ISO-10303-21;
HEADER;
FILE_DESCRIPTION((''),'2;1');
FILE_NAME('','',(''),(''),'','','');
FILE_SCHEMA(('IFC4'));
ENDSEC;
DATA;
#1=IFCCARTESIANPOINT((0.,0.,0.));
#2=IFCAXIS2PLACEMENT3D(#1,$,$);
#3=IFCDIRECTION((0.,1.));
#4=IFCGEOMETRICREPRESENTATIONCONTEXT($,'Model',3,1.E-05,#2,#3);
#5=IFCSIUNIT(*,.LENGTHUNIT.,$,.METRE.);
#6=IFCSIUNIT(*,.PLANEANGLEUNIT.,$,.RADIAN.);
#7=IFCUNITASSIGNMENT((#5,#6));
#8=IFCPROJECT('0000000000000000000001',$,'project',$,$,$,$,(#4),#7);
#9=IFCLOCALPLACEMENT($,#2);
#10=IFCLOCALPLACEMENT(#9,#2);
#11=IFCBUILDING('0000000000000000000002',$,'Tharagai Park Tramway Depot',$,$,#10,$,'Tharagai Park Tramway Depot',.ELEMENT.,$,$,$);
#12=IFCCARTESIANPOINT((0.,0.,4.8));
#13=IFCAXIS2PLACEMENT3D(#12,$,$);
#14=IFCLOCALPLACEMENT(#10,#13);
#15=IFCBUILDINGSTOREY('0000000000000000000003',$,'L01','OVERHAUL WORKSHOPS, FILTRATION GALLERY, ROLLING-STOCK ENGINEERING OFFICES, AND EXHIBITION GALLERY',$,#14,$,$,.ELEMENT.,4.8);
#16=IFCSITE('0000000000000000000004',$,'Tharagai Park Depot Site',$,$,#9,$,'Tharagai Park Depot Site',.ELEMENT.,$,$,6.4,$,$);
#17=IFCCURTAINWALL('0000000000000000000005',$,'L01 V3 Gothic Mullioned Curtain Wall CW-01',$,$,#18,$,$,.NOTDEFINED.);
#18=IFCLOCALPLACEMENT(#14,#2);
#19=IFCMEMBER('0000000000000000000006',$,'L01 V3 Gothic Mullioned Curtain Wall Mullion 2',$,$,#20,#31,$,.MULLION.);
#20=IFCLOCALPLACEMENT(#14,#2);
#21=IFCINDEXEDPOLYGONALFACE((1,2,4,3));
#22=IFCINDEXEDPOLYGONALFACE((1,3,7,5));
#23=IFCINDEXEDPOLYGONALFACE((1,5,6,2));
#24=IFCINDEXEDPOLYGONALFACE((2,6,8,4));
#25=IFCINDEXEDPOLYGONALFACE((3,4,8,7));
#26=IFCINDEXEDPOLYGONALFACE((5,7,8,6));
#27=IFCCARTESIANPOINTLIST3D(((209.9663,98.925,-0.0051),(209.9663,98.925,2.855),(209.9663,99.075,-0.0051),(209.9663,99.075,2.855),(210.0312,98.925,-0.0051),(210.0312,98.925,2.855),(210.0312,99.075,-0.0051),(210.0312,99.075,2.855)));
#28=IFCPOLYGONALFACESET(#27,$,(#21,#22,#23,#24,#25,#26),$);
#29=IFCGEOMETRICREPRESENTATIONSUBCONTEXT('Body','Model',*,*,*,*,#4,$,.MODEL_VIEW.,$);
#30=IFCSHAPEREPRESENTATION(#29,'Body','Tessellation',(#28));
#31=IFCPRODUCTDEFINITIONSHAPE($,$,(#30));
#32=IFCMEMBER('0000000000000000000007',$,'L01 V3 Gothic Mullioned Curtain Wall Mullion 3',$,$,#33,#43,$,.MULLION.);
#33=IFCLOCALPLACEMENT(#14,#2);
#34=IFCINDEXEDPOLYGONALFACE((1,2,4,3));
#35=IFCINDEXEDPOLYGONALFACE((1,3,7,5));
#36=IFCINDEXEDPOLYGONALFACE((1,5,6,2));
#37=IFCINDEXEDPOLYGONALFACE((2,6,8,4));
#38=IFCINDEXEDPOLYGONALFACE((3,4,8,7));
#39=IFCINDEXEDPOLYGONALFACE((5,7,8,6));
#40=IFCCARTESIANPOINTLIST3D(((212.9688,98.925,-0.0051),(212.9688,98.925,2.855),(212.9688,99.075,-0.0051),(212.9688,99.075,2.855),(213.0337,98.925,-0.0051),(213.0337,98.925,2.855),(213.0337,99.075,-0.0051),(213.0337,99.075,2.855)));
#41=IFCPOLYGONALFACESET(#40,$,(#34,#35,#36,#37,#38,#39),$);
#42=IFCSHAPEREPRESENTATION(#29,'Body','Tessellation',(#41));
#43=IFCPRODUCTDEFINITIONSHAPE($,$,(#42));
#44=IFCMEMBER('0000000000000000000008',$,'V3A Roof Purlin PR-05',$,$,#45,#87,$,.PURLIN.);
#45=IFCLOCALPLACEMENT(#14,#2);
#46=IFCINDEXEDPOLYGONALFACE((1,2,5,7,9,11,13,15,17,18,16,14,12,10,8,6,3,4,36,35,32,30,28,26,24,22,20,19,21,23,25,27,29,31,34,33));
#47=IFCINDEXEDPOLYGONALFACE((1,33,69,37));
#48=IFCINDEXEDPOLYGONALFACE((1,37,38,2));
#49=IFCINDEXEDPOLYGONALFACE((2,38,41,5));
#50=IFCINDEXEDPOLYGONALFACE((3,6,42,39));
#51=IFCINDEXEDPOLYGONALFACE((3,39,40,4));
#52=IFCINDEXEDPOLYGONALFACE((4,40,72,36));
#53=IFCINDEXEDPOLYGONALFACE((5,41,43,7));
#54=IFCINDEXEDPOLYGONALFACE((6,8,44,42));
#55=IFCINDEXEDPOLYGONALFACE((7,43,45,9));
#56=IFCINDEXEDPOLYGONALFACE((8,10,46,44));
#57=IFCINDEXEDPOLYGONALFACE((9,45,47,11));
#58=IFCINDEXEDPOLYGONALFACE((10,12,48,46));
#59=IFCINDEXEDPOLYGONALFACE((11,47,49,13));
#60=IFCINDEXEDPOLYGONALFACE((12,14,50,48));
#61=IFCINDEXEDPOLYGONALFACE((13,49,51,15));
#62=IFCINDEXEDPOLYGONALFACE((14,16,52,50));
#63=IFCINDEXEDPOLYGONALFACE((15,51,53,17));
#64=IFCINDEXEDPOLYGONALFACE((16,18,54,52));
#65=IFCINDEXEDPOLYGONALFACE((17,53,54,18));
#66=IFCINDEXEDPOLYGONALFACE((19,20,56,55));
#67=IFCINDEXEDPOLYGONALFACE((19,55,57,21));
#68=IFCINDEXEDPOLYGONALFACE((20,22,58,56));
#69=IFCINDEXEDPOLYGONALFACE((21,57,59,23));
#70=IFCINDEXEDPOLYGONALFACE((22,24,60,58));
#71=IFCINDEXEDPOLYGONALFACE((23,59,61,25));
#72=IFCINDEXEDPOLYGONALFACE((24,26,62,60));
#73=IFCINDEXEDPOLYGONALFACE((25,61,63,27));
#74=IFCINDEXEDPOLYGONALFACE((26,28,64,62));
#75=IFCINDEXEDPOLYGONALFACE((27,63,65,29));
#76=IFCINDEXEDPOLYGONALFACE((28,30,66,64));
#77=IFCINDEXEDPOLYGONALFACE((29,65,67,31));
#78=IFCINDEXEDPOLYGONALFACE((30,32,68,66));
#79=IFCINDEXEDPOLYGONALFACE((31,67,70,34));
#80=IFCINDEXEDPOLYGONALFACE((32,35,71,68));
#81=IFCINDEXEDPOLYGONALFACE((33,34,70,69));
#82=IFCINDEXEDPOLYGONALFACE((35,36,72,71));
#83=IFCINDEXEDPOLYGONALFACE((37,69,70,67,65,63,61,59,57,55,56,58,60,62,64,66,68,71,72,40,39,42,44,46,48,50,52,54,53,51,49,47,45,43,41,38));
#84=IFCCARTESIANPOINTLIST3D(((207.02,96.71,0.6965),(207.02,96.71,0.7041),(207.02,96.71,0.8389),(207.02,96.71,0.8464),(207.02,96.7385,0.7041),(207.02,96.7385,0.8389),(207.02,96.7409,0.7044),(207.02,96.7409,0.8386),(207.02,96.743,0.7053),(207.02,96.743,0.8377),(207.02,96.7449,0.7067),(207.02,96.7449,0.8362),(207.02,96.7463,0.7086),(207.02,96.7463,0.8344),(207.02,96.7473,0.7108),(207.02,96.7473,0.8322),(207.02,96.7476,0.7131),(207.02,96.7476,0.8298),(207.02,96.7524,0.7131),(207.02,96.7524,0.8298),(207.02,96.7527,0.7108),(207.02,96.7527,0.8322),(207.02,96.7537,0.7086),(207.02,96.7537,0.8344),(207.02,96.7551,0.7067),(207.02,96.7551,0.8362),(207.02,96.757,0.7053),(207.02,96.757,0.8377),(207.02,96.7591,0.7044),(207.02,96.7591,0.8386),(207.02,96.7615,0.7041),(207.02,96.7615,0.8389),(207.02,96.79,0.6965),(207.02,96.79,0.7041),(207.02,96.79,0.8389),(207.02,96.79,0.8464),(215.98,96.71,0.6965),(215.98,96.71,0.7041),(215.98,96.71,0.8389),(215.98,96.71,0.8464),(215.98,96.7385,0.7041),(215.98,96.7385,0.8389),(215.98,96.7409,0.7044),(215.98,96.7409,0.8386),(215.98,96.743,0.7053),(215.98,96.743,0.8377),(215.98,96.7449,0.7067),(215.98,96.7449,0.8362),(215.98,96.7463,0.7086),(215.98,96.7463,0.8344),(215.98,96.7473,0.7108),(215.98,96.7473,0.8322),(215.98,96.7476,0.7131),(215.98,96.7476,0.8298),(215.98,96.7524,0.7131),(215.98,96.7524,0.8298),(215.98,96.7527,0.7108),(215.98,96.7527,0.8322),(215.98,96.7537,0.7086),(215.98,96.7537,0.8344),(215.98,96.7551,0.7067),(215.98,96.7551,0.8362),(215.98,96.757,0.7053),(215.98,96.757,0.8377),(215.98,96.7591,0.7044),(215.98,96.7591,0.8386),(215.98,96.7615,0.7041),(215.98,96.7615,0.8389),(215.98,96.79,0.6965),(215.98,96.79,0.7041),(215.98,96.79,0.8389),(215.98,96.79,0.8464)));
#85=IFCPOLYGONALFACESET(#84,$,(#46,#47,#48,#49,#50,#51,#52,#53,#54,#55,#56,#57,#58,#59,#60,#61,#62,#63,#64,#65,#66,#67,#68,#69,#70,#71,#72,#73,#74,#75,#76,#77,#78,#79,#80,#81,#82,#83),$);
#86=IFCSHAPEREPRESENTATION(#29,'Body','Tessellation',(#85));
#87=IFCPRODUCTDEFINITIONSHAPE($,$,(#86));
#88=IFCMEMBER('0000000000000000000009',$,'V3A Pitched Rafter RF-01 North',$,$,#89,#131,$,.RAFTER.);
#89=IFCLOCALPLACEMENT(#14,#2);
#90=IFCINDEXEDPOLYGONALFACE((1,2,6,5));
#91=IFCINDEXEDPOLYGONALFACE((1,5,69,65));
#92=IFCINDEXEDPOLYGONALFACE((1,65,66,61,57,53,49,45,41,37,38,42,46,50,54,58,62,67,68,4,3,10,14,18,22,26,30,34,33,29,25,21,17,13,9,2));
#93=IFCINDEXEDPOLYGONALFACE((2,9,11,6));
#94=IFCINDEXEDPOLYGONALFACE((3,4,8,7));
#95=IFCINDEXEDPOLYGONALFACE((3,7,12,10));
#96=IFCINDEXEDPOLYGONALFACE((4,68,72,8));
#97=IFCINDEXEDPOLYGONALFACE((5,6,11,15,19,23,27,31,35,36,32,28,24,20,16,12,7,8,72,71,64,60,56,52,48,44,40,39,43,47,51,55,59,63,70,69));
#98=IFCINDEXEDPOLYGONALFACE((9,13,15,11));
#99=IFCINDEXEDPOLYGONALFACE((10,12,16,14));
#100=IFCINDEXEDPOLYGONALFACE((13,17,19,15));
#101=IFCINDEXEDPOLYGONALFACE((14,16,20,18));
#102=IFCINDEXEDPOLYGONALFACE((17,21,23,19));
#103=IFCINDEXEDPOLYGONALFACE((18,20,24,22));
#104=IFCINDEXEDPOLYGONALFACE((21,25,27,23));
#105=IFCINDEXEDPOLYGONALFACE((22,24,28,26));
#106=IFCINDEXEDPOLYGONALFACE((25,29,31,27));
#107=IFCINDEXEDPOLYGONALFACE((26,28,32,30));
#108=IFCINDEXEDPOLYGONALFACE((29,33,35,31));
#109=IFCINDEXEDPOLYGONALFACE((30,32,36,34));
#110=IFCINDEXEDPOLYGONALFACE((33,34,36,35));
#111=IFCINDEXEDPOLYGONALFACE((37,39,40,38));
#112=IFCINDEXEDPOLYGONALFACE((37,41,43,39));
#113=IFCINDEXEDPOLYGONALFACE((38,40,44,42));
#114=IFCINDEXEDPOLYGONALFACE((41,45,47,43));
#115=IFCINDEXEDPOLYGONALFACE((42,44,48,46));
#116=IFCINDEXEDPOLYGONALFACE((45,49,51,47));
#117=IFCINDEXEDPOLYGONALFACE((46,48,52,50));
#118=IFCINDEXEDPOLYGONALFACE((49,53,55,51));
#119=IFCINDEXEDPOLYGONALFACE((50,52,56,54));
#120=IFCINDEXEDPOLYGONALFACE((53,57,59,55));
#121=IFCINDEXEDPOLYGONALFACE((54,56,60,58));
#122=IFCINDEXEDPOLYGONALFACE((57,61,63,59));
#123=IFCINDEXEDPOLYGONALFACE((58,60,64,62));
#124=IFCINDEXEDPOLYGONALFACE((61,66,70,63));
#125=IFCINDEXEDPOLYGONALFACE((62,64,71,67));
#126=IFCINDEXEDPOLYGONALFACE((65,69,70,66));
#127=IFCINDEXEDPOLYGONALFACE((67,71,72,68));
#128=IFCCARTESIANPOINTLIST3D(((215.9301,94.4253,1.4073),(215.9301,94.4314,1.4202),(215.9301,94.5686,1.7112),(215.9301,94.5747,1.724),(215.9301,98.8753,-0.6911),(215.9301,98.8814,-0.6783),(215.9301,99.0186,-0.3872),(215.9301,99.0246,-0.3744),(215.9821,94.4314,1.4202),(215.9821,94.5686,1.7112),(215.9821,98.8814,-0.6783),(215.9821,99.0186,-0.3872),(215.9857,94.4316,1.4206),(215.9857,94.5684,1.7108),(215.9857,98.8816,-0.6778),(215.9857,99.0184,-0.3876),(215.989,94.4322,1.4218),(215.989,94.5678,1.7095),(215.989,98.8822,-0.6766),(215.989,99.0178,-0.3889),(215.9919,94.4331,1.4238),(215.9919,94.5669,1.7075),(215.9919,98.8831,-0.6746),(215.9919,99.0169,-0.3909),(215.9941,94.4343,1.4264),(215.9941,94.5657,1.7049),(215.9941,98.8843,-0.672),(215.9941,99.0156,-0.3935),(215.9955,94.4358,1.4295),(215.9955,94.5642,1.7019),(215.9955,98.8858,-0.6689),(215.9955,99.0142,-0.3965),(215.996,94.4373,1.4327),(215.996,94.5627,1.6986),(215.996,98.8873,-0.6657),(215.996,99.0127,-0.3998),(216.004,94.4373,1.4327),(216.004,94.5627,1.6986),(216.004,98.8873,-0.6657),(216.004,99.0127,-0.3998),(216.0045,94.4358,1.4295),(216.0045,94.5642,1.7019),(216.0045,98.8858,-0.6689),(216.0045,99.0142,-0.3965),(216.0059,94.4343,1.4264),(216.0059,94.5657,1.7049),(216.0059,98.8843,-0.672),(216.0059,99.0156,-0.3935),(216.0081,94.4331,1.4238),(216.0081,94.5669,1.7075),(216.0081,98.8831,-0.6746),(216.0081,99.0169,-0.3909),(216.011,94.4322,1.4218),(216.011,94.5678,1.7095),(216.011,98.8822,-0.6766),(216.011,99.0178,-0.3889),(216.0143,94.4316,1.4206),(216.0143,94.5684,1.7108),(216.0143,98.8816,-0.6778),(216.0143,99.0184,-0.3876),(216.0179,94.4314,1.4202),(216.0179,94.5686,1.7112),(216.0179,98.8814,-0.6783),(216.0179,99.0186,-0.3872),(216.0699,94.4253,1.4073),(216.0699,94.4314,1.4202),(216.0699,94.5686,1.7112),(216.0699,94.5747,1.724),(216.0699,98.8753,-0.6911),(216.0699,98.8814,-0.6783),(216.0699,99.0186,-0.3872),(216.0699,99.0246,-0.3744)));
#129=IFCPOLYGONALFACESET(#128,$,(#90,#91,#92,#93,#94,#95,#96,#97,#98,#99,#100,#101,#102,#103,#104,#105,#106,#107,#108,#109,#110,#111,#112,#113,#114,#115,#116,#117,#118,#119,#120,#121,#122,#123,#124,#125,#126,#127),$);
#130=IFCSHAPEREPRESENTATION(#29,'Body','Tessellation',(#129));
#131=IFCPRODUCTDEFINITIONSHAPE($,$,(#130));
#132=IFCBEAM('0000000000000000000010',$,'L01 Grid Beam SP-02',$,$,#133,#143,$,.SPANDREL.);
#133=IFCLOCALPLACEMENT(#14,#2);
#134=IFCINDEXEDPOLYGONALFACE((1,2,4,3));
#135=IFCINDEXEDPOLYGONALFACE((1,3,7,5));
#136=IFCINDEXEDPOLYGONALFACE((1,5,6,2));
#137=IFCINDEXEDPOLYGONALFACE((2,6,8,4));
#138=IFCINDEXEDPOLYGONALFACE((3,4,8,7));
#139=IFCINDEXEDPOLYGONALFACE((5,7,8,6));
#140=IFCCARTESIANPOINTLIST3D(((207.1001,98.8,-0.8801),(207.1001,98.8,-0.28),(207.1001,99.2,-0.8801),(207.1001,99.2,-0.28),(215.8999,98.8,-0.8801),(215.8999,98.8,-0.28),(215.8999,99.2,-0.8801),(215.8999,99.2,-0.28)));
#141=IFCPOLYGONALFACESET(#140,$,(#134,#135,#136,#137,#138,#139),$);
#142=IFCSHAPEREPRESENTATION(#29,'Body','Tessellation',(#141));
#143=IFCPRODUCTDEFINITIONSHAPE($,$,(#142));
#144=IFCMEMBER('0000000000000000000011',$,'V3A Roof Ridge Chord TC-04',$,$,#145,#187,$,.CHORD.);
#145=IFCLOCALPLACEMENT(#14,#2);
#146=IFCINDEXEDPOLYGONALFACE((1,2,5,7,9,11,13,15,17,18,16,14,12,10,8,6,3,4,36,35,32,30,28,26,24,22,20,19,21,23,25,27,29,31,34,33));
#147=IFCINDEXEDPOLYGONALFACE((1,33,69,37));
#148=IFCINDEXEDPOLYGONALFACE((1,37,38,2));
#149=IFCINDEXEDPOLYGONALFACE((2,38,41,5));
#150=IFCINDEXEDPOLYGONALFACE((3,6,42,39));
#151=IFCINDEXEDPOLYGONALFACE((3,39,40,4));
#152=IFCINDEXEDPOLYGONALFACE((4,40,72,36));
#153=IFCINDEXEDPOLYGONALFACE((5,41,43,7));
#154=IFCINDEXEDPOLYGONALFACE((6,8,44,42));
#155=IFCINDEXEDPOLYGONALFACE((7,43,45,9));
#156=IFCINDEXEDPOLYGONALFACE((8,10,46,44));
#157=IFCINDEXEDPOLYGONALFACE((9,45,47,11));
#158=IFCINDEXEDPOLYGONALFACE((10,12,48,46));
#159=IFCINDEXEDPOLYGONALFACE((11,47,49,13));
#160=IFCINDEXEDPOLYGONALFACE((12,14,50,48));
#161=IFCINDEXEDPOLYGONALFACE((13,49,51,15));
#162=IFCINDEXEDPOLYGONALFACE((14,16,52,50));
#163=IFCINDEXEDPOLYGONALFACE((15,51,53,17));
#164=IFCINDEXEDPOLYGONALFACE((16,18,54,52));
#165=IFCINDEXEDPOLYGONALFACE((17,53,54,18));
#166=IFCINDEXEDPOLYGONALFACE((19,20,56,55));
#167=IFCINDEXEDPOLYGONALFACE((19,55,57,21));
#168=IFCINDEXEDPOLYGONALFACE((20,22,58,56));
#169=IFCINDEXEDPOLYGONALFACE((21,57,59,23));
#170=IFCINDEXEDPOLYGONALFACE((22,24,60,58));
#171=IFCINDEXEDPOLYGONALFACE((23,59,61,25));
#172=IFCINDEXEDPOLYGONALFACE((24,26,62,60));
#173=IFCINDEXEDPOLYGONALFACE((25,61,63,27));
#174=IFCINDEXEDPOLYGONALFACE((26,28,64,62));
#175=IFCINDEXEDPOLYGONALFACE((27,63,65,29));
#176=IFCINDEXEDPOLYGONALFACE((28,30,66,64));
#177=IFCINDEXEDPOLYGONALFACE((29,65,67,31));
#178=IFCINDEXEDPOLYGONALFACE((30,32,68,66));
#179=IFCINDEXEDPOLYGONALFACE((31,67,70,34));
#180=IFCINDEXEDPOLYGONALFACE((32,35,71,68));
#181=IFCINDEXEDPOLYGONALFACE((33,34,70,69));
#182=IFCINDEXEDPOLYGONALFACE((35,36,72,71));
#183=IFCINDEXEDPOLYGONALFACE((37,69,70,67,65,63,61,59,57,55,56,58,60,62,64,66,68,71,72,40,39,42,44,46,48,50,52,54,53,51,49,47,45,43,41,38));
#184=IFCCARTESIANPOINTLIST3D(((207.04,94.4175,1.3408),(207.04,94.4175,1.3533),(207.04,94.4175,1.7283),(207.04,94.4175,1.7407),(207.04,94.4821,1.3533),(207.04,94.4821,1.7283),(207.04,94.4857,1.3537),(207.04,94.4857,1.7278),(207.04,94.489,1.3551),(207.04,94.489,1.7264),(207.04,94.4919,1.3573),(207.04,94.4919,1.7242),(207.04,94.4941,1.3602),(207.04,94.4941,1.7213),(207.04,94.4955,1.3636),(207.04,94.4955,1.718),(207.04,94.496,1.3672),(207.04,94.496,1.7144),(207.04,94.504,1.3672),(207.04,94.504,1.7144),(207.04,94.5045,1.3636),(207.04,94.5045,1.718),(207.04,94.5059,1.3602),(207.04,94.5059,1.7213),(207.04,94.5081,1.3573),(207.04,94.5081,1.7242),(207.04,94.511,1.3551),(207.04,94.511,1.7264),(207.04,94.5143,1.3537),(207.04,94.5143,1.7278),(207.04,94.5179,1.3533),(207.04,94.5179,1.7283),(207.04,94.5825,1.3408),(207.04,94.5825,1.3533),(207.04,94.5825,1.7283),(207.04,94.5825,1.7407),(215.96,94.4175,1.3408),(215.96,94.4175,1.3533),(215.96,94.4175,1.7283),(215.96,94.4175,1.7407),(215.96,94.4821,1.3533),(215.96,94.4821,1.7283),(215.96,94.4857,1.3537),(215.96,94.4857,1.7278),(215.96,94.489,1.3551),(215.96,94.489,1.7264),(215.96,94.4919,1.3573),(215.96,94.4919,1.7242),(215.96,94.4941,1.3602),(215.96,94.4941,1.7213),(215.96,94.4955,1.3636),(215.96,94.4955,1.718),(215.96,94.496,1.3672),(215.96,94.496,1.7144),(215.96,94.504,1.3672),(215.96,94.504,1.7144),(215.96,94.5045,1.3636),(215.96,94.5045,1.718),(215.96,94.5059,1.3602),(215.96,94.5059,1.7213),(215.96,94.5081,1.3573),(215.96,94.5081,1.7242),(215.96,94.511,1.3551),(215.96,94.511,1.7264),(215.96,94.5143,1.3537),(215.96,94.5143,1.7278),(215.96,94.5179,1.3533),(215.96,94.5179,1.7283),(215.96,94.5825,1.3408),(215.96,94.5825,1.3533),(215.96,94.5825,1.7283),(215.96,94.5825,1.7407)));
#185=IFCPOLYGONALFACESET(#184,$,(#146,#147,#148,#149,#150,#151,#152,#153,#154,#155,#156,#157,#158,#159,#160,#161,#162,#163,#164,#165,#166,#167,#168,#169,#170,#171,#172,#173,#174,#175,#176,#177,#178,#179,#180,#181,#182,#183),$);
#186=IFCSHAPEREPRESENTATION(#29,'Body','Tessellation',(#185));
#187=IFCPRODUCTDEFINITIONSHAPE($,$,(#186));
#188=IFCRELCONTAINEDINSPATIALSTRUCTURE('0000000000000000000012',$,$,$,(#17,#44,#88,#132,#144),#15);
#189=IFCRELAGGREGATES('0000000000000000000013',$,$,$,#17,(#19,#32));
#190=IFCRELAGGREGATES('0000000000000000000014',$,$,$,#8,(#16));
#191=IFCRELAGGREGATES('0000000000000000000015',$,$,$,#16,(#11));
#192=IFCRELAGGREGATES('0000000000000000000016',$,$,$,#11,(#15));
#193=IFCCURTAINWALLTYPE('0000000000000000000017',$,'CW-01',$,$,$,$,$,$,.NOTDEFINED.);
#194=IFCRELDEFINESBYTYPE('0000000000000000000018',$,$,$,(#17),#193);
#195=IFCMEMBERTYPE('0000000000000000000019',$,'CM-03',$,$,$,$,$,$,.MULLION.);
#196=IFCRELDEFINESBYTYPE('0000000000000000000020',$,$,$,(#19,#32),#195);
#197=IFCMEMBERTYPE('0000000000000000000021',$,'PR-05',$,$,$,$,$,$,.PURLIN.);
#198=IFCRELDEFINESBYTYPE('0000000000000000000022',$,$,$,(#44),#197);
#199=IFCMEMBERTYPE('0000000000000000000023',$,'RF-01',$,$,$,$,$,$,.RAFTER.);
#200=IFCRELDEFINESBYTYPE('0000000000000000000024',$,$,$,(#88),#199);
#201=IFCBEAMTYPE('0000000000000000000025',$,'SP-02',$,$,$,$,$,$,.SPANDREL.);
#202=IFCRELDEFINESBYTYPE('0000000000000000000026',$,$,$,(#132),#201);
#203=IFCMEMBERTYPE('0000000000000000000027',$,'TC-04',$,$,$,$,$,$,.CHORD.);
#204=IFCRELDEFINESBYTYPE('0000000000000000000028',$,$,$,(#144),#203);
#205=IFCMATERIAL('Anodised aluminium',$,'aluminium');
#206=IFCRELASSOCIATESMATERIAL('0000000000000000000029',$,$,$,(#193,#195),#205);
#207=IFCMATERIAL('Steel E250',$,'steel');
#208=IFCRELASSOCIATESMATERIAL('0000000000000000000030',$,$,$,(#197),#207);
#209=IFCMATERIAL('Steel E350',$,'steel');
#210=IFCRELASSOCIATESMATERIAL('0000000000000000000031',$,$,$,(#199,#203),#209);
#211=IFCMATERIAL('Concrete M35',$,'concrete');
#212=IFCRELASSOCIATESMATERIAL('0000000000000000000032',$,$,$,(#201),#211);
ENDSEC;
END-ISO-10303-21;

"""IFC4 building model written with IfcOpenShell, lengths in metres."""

from ifc_helpers import new_model, si_unit, direction, frame, origin, origin_2d, place, context, subcontext, project, spatial, rectangle, i_section, extrude, material, material_profile, profile_set, type_object, element, aggregate, save


model = new_model("IFC4")

# Units and contexts
model_context = context("Model", 3, precision=1e-05, world=origin(), true_north=direction((0.0, 1.0)))
body_context = subcontext(model_context, "Body", "Model", "MODEL_VIEW")
ifc_project = project(units=[si_unit("LENGTHUNIT", "METRE"), si_unit("PLANEANGLEUNIT", "RADIAN")], contexts=[model_context])

# Site, building, storey
site_placement = place(None, origin())
site = spatial("IfcSite", under=ifc_project, at=site_placement, Name="Tharagai Park Depot Site", LongName="Tharagai Park Depot Site", CompositionType="ELEMENT", RefElevation=6.4)
building_placement = place(site_placement, origin())
building = spatial("IfcBuilding", under=site, at=building_placement, Name="Tharagai Park Tramway Depot", LongName="Tharagai Park Tramway Depot", CompositionType="ELEMENT")
storey_placement = place(building_placement, frame((0.0, 0.0, 4.8)))
storey = spatial("IfcBuildingStorey", under=building, at=storey_placement, Name="L01", Description="OVERHAUL WORKSHOPS, FILTRATION GALLERY, ROLLING-STOCK ENGINEERING OFFICES, AND EXHIBITION GALLERY", CompositionType="ELEMENT", Elevation=4.8)

# Shared definitions
ifc_material_1 = material(Name="Steel E350", Category="steel")

# Curtain wall, members
ifc_material_2 = material(Name="Anodised aluminium", Category="aluminium")
curtain_wall_type = type_object("IfcCurtainWallType", Name="CW-01", PredefinedType="NOTDEFINED", material=ifc_material_2)
curtain_wall_placement = place(storey_placement, origin())
curtain_wall = element("IfcCurtainWall", 1, at=curtain_wall_placement, inside=storey, type_object=curtain_wall_type, Name="L01 V3 Gothic Mullioned Curtain Wall CW-01", PredefinedType="NOTDEFINED")
ifc_material_profile_1 = material_profile(ifc_material_2, rectangle(XDim=0.0649, YDim=0.1499, at=origin_2d()), Name="ALU 65x150")
ifc_profile_set_1 = profile_set([ifc_material_profile_1], Name="Anodised aluminium")
member_type_1 = type_object("IfcMemberType", Name="CM-03", PredefinedType="MULLION", material=ifc_profile_set_1)
member_1_placement = place(storey_placement, frame((209.9988, 99.0, -0.0051), z_axis=(0.0, 0.0, 1.0), x_axis=(1.0, 0.0, 0.0)))
member_1 = element("IfcMember", 2, at=member_1_placement, type_object=member_type_1, Name="L01 V3 Gothic Mullioned Curtain Wall Mullion 2", PredefinedType="MULLION", context=body_context, shape_type="SweptSolid", body=[
    extrude(rectangle(XDim=0.0649, YDim=0.1499, at=origin_2d()), origin(), (0.0, 0.0, 1.0), 2.8601),
])
member_2_placement = place(storey_placement, frame((213.0012, 99.0, -0.0051), z_axis=(0.0, 0.0, 1.0), x_axis=(1.0, 0.0, 0.0)))
member_2 = element("IfcMember", 3, at=member_2_placement, type_object=member_type_1, Name="L01 V3 Gothic Mullioned Curtain Wall Mullion 3", PredefinedType="MULLION", context=body_context, shape_type="SweptSolid", body=[
    extrude(rectangle(XDim=0.0649, YDim=0.1499, at=origin_2d()), origin(), (0.0, 0.0, 1.0), 2.8601),
])

# Members
ifc_material_3 = material(Name="Steel E250", Category="steel")
ifc_material_profile_2 = material_profile(ifc_material_3, i_section(OverallWidth=0.0801, OverallDepth=0.1499, WebThickness=0.0049, FlangeThickness=0.0076, FilletRadius=0.009, at=origin_2d()), Name="ISMB 150")
ifc_profile_set_2 = profile_set([ifc_material_profile_2], Name="Steel E250")
member_type_2 = type_object("IfcMemberType", Name="PR-05", PredefinedType="PURLIN", material=ifc_profile_set_2)
member_3_placement = place(storey_placement, frame((207.02, 96.75, 0.7715), z_axis=(1.0, 0.0, 0.0), x_axis=(0.0, 1.0, 0.0)))
element("IfcMember", 4, at=member_3_placement, inside=storey, type_object=member_type_2, Name="V3A Roof Purlin PR-05", PredefinedType="PURLIN", context=body_context, shape_type="SweptSolid", body=[
    extrude(i_section(OverallWidth=0.0801, OverallDepth=0.1499, WebThickness=0.0049, FlangeThickness=0.0076, FilletRadius=0.009, at=origin_2d()), origin(), (0.0, 0.0, 1.0), 8.96),
])
ifc_material_profile_3 = material_profile(ifc_material_1, i_section(OverallWidth=0.1399, OverallDepth=0.3501, WebThickness=0.0081, FlangeThickness=0.0142, FilletRadius=0.0139, at=origin_2d()), Name="ISMB 350")
ifc_profile_set_3 = profile_set([ifc_material_profile_3], Name="Steel E350")
member_type_3 = type_object("IfcMemberType", Name="RF-01", PredefinedType="RAFTER", material=ifc_profile_set_3)
member_4_placement = place(storey_placement, frame((216.0, 94.5, 1.5657), z_axis=(0.0, 0.904482, -0.426511), x_axis=(-1.0, 0.0, 0.0)))
element("IfcMember", 5, at=member_4_placement, inside=storey, type_object=member_type_3, Name="V3A Pitched Rafter RF-01 North", PredefinedType="RAFTER", context=body_context, shape_type="SweptSolid", body=[
    extrude(i_section(OverallWidth=0.1399, OverallDepth=0.3501, WebThickness=0.0081, FlangeThickness=0.0142, FilletRadius=0.0139, at=origin_2d()), origin(), (0.0, 0.0, 1.0), 4.9199),
])

# Beam
ifc_material_4 = material(Name="Concrete M35", Category="concrete")
ifc_material_profile_4 = material_profile(ifc_material_4, rectangle(XDim=0.3999, YDim=0.6001, at=origin_2d()), Name="RC 400x600")
ifc_profile_set_4 = profile_set([ifc_material_profile_4], Name="Concrete M35")
beam_type = type_object("IfcBeamType", Name="SP-02", PredefinedType="SPANDREL", material=ifc_profile_set_4)
beam_placement = place(storey_placement, frame((207.1001, 99.0, -0.5801), z_axis=(1.0, 0.0, 0.0), x_axis=(0.0, 1.0, 0.0)))
element("IfcBeam", 6, at=beam_placement, inside=storey, type_object=beam_type, Name="L01 Grid Beam SP-02", PredefinedType="SPANDREL", context=body_context, shape_type="SweptSolid", body=[
    extrude(rectangle(XDim=0.3999, YDim=0.6001, at=origin_2d()), origin(), (0.0, 0.0, 1.0), 8.7998),
])

# Member
ifc_material_profile_5 = material_profile(ifc_material_1, i_section(OverallWidth=0.165, OverallDepth=0.3999, WebThickness=0.0081, FlangeThickness=0.0125, FilletRadius=0.0139, at=origin_2d()), Name="ISLB 400")
ifc_profile_set_5 = profile_set([ifc_material_profile_5], Name="Steel E350")
member_type_4 = type_object("IfcMemberType", Name="TC-04", PredefinedType="CHORD", material=ifc_profile_set_5)
member_5_placement = place(storey_placement, frame((207.04, 94.5, 1.5408), z_axis=(1.0, 0.0, 0.0), x_axis=(0.0, 1.0, 0.0)))
element("IfcMember", 7, at=member_5_placement, inside=storey, type_object=member_type_4, Name="V3A Roof Ridge Chord TC-04", PredefinedType="CHORD", context=body_context, shape_type="SweptSolid", body=[
    extrude(i_section(OverallWidth=0.165, OverallDepth=0.3999, WebThickness=0.0081, FlangeThickness=0.0125, FilletRadius=0.0139, at=origin_2d()), origin(), (0.0, 0.0, 1.0), 8.9199),
])

aggregate(curtain_wall, [member_1, member_2])

save(model, "model.ifc")
